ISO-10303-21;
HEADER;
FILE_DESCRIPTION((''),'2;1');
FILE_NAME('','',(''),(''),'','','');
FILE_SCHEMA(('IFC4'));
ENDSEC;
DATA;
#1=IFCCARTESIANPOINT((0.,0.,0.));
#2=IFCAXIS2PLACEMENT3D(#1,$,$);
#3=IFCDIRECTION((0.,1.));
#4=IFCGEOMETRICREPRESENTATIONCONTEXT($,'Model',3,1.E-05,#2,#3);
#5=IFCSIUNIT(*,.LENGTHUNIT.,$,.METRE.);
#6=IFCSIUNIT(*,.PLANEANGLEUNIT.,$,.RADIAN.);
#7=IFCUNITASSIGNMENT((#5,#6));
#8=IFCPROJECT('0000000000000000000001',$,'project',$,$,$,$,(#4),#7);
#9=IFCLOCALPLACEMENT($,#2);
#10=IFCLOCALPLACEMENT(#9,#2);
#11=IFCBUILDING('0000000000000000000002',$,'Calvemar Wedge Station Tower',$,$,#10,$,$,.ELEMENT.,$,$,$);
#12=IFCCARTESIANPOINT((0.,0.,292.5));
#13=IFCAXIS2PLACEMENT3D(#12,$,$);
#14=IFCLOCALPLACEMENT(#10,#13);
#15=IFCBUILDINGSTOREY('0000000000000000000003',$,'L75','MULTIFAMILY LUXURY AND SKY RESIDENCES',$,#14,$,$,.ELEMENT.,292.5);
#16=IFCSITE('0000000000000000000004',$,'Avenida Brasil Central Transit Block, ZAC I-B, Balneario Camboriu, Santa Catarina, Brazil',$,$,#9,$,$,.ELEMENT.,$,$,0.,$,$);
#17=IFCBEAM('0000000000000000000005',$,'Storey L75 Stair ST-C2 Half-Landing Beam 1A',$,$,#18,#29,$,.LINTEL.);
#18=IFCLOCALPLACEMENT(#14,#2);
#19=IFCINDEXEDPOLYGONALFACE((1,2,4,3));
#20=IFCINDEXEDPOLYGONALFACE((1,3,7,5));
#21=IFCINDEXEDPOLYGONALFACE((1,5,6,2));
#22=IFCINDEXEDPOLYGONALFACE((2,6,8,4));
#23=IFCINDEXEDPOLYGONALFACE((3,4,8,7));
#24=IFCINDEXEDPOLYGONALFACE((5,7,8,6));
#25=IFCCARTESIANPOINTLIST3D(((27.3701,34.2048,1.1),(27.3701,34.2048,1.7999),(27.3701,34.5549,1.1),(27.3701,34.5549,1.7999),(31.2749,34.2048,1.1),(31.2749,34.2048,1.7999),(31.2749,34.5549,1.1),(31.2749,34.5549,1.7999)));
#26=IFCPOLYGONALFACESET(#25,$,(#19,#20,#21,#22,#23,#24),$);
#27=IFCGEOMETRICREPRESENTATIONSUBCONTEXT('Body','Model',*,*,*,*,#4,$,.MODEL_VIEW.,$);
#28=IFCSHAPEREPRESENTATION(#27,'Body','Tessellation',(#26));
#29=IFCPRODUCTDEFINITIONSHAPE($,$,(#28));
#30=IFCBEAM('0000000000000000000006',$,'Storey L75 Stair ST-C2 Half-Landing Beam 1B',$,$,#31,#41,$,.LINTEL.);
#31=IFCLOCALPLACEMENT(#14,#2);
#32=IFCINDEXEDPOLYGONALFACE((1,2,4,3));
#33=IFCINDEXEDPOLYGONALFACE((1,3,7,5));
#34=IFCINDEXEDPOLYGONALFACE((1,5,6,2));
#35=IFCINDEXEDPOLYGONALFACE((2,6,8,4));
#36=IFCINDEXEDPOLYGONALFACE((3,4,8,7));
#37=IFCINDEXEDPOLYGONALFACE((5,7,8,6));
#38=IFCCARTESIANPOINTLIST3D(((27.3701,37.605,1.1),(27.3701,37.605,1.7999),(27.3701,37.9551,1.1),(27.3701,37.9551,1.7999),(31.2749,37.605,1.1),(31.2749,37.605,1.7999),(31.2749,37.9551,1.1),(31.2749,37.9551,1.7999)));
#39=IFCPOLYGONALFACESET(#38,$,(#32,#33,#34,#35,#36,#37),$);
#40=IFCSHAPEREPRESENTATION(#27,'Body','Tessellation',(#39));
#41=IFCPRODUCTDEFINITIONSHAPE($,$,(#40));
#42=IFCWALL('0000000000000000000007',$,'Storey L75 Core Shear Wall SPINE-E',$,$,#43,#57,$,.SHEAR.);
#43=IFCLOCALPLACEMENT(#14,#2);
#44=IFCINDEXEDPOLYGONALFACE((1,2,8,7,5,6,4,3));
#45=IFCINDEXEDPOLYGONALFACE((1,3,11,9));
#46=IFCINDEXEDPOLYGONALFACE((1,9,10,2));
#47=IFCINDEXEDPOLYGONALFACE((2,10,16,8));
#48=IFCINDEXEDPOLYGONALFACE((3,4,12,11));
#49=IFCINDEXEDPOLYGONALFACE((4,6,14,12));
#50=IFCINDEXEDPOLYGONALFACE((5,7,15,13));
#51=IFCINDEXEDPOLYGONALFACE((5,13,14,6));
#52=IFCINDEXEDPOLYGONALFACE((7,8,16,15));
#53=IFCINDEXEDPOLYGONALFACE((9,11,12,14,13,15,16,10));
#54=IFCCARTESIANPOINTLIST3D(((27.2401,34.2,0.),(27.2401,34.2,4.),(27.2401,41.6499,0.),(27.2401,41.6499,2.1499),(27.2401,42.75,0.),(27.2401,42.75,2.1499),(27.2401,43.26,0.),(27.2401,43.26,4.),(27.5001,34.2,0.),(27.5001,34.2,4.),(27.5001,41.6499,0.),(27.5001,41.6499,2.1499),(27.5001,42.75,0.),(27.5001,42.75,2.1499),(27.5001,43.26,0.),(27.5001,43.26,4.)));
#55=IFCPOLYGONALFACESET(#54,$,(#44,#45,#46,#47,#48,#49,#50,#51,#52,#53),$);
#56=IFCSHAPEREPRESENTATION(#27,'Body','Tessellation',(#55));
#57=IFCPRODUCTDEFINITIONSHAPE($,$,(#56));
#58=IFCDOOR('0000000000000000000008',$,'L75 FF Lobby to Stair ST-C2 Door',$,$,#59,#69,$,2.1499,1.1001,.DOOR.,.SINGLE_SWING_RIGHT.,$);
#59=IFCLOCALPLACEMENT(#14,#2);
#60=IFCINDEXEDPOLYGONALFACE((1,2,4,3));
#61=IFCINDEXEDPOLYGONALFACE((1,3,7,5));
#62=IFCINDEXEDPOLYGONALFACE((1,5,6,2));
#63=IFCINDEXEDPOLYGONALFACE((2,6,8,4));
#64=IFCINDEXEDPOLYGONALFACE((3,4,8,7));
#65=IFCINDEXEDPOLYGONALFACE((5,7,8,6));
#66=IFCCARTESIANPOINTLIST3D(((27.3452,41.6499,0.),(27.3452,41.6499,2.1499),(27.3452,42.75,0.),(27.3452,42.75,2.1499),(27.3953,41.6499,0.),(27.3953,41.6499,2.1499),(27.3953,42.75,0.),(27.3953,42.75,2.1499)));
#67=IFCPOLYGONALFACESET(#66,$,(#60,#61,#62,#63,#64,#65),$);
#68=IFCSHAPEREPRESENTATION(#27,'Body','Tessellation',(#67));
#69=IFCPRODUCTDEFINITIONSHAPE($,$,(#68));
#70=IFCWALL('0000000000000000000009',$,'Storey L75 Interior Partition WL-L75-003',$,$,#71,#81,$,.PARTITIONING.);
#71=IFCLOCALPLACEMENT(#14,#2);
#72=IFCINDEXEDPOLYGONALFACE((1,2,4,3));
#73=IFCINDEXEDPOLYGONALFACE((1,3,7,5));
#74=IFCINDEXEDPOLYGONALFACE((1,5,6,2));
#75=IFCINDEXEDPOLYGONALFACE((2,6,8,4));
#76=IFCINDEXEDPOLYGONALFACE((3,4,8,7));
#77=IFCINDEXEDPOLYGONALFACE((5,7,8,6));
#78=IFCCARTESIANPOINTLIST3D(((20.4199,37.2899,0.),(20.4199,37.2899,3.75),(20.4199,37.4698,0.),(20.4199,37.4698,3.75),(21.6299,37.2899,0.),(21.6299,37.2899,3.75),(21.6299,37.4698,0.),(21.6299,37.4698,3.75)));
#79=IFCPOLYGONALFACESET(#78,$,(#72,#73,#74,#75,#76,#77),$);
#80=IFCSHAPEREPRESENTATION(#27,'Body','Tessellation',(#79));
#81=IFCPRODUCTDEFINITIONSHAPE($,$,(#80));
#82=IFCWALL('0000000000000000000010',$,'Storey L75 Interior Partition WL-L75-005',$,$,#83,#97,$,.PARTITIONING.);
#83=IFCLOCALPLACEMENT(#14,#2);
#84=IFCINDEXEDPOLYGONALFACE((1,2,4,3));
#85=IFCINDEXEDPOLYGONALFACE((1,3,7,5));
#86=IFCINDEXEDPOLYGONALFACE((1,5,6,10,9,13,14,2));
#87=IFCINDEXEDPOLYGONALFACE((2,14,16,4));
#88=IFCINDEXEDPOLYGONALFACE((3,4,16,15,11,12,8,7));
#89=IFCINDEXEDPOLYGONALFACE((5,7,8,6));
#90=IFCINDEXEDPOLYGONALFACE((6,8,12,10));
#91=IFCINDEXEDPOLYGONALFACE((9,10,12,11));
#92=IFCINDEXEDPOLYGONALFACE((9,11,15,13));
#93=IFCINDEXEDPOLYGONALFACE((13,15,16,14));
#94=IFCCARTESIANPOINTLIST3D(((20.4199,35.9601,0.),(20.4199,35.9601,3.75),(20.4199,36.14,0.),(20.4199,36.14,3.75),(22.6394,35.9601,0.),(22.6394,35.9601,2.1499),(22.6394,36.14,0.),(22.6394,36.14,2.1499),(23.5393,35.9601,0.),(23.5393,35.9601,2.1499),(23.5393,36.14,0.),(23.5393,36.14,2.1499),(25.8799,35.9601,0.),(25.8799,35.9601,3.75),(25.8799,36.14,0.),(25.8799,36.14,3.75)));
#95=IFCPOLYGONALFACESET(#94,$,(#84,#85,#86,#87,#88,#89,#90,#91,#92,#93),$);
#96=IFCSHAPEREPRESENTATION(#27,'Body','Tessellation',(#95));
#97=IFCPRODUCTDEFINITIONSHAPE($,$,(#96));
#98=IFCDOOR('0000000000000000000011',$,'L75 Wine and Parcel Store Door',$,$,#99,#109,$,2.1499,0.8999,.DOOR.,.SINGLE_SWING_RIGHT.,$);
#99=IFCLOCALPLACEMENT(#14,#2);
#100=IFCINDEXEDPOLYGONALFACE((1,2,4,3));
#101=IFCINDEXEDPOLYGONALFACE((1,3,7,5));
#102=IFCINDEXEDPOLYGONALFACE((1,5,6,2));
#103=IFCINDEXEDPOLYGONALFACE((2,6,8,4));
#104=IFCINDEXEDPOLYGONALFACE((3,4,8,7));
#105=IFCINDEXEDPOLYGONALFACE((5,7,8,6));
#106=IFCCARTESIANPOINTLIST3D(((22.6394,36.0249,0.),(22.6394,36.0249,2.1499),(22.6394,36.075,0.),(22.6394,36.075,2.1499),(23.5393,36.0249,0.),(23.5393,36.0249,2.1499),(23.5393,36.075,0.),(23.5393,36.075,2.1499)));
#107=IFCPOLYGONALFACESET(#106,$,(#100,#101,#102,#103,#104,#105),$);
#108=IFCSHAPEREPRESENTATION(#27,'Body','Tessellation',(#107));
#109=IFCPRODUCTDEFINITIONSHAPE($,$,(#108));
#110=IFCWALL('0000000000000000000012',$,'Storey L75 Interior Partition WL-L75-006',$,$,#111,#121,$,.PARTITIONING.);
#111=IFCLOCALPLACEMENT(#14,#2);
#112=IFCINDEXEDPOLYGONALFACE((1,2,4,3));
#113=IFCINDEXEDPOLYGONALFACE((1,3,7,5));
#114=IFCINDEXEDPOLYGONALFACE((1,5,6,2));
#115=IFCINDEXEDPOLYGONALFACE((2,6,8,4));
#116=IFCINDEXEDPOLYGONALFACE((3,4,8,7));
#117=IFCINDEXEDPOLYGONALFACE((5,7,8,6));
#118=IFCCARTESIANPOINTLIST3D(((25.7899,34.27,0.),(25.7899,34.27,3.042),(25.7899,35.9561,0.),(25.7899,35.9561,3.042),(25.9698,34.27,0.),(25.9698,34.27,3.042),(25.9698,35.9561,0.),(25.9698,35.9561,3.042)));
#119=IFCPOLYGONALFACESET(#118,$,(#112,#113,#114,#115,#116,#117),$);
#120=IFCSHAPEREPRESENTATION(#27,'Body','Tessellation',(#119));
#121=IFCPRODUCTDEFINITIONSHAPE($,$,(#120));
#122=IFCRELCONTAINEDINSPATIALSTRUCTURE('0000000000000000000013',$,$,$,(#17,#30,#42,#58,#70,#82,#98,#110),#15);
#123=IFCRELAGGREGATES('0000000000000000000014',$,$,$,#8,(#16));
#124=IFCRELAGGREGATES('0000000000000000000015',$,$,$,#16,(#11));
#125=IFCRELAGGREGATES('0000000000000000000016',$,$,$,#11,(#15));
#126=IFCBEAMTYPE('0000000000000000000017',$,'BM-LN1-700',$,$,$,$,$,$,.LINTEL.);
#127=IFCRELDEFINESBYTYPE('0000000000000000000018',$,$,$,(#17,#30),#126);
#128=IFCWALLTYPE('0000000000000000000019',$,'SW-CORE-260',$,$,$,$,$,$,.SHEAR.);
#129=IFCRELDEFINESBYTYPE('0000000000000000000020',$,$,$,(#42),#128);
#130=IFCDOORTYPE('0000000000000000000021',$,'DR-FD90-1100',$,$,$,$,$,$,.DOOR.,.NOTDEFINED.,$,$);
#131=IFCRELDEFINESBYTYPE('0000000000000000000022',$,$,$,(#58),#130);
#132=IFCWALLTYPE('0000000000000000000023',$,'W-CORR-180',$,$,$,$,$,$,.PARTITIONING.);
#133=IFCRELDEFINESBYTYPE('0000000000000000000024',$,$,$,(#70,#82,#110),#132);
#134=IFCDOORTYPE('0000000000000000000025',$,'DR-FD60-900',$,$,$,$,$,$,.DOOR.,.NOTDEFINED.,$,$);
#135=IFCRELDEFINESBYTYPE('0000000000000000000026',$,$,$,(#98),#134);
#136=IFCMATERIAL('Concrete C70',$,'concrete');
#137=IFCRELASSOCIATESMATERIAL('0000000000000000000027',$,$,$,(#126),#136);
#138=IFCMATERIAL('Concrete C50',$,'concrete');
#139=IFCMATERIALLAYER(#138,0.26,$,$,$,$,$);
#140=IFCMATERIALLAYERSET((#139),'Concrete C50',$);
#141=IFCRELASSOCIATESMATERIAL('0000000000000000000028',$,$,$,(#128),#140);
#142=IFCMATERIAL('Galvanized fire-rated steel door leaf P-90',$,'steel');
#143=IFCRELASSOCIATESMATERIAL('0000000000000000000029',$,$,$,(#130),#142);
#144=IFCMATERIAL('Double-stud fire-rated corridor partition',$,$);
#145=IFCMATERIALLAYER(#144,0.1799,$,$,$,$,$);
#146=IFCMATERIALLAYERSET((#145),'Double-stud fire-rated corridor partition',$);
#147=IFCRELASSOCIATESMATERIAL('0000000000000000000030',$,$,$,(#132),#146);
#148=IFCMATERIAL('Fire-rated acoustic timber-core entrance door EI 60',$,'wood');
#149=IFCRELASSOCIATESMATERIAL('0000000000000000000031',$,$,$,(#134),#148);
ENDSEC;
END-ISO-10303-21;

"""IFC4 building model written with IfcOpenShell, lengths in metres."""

from ifc_helpers import new_model, si_unit, direction, frame, frame_2d, origin, origin_2d, place, context, subcontext, project, spatial, rectangle, extrude, source, transform, mapped, material, layer, layer_set, material_profile, profile_set, type_object, element, fill, save


model = new_model("IFC4")

# Units and contexts
model_context = context("Model", 3, precision=1e-05, world=origin(), true_north=direction((0.0, 1.0)))
body_context = subcontext(model_context, "Body", "Model", "MODEL_VIEW")
ifc_project = project(units=[si_unit("LENGTHUNIT", "METRE"), si_unit("PLANEANGLEUNIT", "RADIAN")], contexts=[model_context])

# Site, building, storey
site_placement = place(None, origin())
site = spatial("IfcSite", under=ifc_project, at=site_placement, Name="Avenida Brasil Central Transit Block, ZAC I-B, Balneario Camboriu, Santa Catarina, Brazil", CompositionType="ELEMENT", RefElevation=0.0)
building_placement = place(site_placement, origin())
building = spatial("IfcBuilding", under=site, at=building_placement, Name="Calvemar Wedge Station Tower", CompositionType="ELEMENT")
storey_placement = place(building_placement, frame((0.0, 0.0, 292.5)))
storey = spatial("IfcBuildingStorey", under=building, at=storey_placement, Name="L75", Description="MULTIFAMILY LUXURY AND SKY RESIDENCES", CompositionType="ELEMENT", Elevation=292.5)

# Beams
ifc_material_1 = material(Name="Concrete C70", Category="concrete")
ifc_material_profile = material_profile(ifc_material_1, rectangle(XDim=0.3501, YDim=0.7, at=origin_2d()), Name="RC350x700")
ifc_profile_set = profile_set([ifc_material_profile], Name="Concrete C70")
beam_type = type_object("IfcBeamType", Name="BM-LN1-700", PredefinedType="LINTEL", material=ifc_profile_set)
shared_shape_1 = source(origin(), body_context, "Body", "SweptSolid", [
    extrude(rectangle(XDim=0.3501, YDim=0.7, at=origin_2d()), origin(), (0.0, 0.0, 1.0), 3.9048),
])
for number, where, z_axis, x_axis, name in (
    (1, (27.3701, 34.3799, 1.45), (1.0, 0.0, 0.0), (0.0, 1.0, 0.0), "Storey L75 Stair ST-C2 Half-Landing Beam 1A"),
    (2, (27.3701, 37.78, 1.45), (1.0, 0.0, 0.0), (0.0, 1.0, 0.0), "Storey L75 Stair ST-C2 Half-Landing Beam 1B"),
):
    element("IfcBeam", number, at=place(storey_placement, frame(where, z_axis=z_axis, x_axis=x_axis)), inside=storey, type_object=beam_type, Name=name, PredefinedType="LINTEL", context=body_context, shape_type="MappedRepresentation", body=[
        mapped(shared_shape_1, transform((0.0, 0.0, 0.0), scale=1.0)),
    ])

# Wall, opening, door
ifc_material_2 = material(Name="Concrete C50", Category="concrete")
ifc_layer_1 = layer(ifc_material_2, 0.26)
ifc_layer_set_1 = layer_set([ifc_layer_1], Name="Concrete C50")
wall_type_1 = type_object("IfcWallType", Name="SW-CORE-260", PredefinedType="SHEAR", material=ifc_layer_set_1)
wall_1_placement = place(storey_placement, frame((27.3701, 34.2, 0.0), z_axis=(0.0, 0.0, 1.0), x_axis=(0.0, 1.0, 0.0)))
wall_1 = element("IfcWall", 3, at=wall_1_placement, inside=storey, type_object=wall_type_1, Name="Storey L75 Core Shear Wall SPINE-E", PredefinedType="SHEAR", context=body_context, shape_type="SweptSolid", body=[
    extrude(rectangle(XDim=9.0601, YDim=0.26, at=frame_2d((4.53, 0.0))), origin(), (0.0, 0.0, 1.0), 4.0),
])
shared_shape_2 = source(origin(), body_context, "Body", "SweptSolid", [
    extrude(rectangle(XDim=1.1001, YDim=2.1499, at=frame_2d((0.55, 1.075))), frame((0.0, 0.1401, 0.0), z_axis=(0.0, -1.0, 0.0), x_axis=(1.0, 0.0, 0.0)), (0.0, 0.0, 1.0), 0.28),
])
opening_1_placement = place(wall_1_placement, frame((7.45, 0.0, 0.0)))
opening_1 = element("IfcOpeningElement", 4, at=opening_1_placement, cuts=wall_1, PredefinedType="OPENING", context=body_context, shape_type="MappedRepresentation", body=[
    mapped(shared_shape_2, transform((0.0, 0.0, 0.0), scale=1.0)),
])
ifc_material_3 = material(Name="Galvanized fire-rated steel door leaf P-90", Category="steel")
door_type_1 = type_object("IfcDoorType", Name="DR-FD90-1100", OperationType="NOTDEFINED", PredefinedType="DOOR", material=ifc_material_3)
shared_shape_3 = source(origin(), body_context, "Body", "SweptSolid", [
    extrude(rectangle(XDim=1.1001, YDim=2.1499, at=frame_2d((0.55, 1.075))), frame((0.0, 0.0249, 0.0), z_axis=(0.0, -1.0, 0.0), x_axis=(1.0, 0.0, 0.0)), (0.0, 0.0, 1.0), 0.05),
])
door_1_placement = place(opening_1_placement, origin())
door_1 = element("IfcDoor", 5, at=door_1_placement, inside=storey, type_object=door_type_1, Name="L75 FF Lobby to Stair ST-C2 Door", OperationType="SINGLE_SWING_RIGHT", OverallHeight=2.1499, OverallWidth=1.1001, PredefinedType="DOOR", context=body_context, shape_type="MappedRepresentation", body=[
    mapped(shared_shape_3, transform((0.0, 0.0, 0.0), scale=1.0)),
])
fill(opening_1, door_1)

# Wall
ifc_material_4 = material(Name="Double-stud fire-rated corridor partition")
ifc_layer_2 = layer(ifc_material_4, 0.1799)
ifc_layer_set_2 = layer_set([ifc_layer_2], Name="Double-stud fire-rated corridor partition")
wall_type_2 = type_object("IfcWallType", Name="W-CORR-180", PredefinedType="PARTITIONING", material=ifc_layer_set_2)
wall_2_placement = place(storey_placement, frame((21.6299, 37.3799, 0.0), z_axis=(0.0, 0.0, 1.0), x_axis=(-1.0, 0.0, 0.0)))
element("IfcWall", 6, at=wall_2_placement, inside=storey, type_object=wall_type_2, Name="Storey L75 Interior Partition WL-L75-003", PredefinedType="PARTITIONING", context=body_context, shape_type="SweptSolid", body=[
    extrude(rectangle(XDim=1.21, YDim=0.1799, at=frame_2d((0.605, 0.0))), origin(), (0.0, 0.0, 1.0), 3.75),
])

# Wall, opening, door
shared_shape_4 = source(origin(), body_context, "Body", "SweptSolid", [
    extrude(rectangle(XDim=0.8999, YDim=2.1499, at=frame_2d((0.45, 1.075))), frame((0.0, 0.1001, 0.0), z_axis=(0.0, -1.0, 0.0), x_axis=(1.0, 0.0, 0.0)), (0.0, 0.0, 1.0), 0.2),
])
ifc_material_5 = material(Name="Fire-rated acoustic timber-core entrance door EI 60", Category="wood")
door_type_2 = type_object("IfcDoorType", Name="DR-FD60-900", OperationType="NOTDEFINED", PredefinedType="DOOR", material=ifc_material_5)
shared_shape_5 = source(origin(), body_context, "Body", "SweptSolid", [
    extrude(rectangle(XDim=0.8999, YDim=2.1499, at=frame_2d((0.45, 1.075))), frame((0.0, 0.0249, 0.0), z_axis=(0.0, -1.0, 0.0), x_axis=(1.0, 0.0, 0.0)), (0.0, 0.0, 1.0), 0.05),
])
wall_3_placement = place(storey_placement, frame((20.4199, 36.05, 0.0), z_axis=(0.0, 0.0, 1.0), x_axis=(1.0, 0.0, 0.0)))
wall_3 = element("IfcWall", 7, at=wall_3_placement, inside=storey, type_object=wall_type_2, Name="Storey L75 Interior Partition WL-L75-005", PredefinedType="PARTITIONING", context=body_context, shape_type="SweptSolid", body=[
    extrude(rectangle(XDim=5.46, YDim=0.1799, at=frame_2d((2.73, 0.0))), origin(), (0.0, 0.0, 1.0), 3.75),
])
opening_2_placement = place(wall_3_placement, frame((2.2195, 0.0, 0.0)))
opening_2 = element("IfcOpeningElement", 8, at=opening_2_placement, cuts=wall_3, PredefinedType="OPENING", context=body_context, shape_type="MappedRepresentation", body=[
    mapped(shared_shape_4, transform((0.0, 0.0, 0.0), scale=1.0)),
])
door_2_placement = place(opening_2_placement, origin())
door_2 = element("IfcDoor", 9, at=door_2_placement, inside=storey, type_object=door_type_2, Name="L75 Wine and Parcel Store Door", OperationType="SINGLE_SWING_RIGHT", OverallHeight=2.1499, OverallWidth=0.8999, PredefinedType="DOOR", context=body_context, shape_type="MappedRepresentation", body=[
    mapped(shared_shape_5, transform((0.0, 0.0, 0.0), scale=1.0)),
])
fill(opening_2, door_2)

# Wall
wall_4_placement = place(storey_placement, frame((25.8799, 35.9561, 0.0), z_axis=(0.0, 0.0, 1.0), x_axis=(0.0, -1.0, 0.0)))
element("IfcWall", 10, at=wall_4_placement, inside=storey, type_object=wall_type_2, Name="Storey L75 Interior Partition WL-L75-006", PredefinedType="PARTITIONING", context=body_context, shape_type="SweptSolid", body=[
    extrude(rectangle(XDim=1.686, YDim=0.1799, at=frame_2d((0.843, 0.0))), origin(), (0.0, 0.0, 1.0), 3.042),
])

save(model, "model.ifc")
